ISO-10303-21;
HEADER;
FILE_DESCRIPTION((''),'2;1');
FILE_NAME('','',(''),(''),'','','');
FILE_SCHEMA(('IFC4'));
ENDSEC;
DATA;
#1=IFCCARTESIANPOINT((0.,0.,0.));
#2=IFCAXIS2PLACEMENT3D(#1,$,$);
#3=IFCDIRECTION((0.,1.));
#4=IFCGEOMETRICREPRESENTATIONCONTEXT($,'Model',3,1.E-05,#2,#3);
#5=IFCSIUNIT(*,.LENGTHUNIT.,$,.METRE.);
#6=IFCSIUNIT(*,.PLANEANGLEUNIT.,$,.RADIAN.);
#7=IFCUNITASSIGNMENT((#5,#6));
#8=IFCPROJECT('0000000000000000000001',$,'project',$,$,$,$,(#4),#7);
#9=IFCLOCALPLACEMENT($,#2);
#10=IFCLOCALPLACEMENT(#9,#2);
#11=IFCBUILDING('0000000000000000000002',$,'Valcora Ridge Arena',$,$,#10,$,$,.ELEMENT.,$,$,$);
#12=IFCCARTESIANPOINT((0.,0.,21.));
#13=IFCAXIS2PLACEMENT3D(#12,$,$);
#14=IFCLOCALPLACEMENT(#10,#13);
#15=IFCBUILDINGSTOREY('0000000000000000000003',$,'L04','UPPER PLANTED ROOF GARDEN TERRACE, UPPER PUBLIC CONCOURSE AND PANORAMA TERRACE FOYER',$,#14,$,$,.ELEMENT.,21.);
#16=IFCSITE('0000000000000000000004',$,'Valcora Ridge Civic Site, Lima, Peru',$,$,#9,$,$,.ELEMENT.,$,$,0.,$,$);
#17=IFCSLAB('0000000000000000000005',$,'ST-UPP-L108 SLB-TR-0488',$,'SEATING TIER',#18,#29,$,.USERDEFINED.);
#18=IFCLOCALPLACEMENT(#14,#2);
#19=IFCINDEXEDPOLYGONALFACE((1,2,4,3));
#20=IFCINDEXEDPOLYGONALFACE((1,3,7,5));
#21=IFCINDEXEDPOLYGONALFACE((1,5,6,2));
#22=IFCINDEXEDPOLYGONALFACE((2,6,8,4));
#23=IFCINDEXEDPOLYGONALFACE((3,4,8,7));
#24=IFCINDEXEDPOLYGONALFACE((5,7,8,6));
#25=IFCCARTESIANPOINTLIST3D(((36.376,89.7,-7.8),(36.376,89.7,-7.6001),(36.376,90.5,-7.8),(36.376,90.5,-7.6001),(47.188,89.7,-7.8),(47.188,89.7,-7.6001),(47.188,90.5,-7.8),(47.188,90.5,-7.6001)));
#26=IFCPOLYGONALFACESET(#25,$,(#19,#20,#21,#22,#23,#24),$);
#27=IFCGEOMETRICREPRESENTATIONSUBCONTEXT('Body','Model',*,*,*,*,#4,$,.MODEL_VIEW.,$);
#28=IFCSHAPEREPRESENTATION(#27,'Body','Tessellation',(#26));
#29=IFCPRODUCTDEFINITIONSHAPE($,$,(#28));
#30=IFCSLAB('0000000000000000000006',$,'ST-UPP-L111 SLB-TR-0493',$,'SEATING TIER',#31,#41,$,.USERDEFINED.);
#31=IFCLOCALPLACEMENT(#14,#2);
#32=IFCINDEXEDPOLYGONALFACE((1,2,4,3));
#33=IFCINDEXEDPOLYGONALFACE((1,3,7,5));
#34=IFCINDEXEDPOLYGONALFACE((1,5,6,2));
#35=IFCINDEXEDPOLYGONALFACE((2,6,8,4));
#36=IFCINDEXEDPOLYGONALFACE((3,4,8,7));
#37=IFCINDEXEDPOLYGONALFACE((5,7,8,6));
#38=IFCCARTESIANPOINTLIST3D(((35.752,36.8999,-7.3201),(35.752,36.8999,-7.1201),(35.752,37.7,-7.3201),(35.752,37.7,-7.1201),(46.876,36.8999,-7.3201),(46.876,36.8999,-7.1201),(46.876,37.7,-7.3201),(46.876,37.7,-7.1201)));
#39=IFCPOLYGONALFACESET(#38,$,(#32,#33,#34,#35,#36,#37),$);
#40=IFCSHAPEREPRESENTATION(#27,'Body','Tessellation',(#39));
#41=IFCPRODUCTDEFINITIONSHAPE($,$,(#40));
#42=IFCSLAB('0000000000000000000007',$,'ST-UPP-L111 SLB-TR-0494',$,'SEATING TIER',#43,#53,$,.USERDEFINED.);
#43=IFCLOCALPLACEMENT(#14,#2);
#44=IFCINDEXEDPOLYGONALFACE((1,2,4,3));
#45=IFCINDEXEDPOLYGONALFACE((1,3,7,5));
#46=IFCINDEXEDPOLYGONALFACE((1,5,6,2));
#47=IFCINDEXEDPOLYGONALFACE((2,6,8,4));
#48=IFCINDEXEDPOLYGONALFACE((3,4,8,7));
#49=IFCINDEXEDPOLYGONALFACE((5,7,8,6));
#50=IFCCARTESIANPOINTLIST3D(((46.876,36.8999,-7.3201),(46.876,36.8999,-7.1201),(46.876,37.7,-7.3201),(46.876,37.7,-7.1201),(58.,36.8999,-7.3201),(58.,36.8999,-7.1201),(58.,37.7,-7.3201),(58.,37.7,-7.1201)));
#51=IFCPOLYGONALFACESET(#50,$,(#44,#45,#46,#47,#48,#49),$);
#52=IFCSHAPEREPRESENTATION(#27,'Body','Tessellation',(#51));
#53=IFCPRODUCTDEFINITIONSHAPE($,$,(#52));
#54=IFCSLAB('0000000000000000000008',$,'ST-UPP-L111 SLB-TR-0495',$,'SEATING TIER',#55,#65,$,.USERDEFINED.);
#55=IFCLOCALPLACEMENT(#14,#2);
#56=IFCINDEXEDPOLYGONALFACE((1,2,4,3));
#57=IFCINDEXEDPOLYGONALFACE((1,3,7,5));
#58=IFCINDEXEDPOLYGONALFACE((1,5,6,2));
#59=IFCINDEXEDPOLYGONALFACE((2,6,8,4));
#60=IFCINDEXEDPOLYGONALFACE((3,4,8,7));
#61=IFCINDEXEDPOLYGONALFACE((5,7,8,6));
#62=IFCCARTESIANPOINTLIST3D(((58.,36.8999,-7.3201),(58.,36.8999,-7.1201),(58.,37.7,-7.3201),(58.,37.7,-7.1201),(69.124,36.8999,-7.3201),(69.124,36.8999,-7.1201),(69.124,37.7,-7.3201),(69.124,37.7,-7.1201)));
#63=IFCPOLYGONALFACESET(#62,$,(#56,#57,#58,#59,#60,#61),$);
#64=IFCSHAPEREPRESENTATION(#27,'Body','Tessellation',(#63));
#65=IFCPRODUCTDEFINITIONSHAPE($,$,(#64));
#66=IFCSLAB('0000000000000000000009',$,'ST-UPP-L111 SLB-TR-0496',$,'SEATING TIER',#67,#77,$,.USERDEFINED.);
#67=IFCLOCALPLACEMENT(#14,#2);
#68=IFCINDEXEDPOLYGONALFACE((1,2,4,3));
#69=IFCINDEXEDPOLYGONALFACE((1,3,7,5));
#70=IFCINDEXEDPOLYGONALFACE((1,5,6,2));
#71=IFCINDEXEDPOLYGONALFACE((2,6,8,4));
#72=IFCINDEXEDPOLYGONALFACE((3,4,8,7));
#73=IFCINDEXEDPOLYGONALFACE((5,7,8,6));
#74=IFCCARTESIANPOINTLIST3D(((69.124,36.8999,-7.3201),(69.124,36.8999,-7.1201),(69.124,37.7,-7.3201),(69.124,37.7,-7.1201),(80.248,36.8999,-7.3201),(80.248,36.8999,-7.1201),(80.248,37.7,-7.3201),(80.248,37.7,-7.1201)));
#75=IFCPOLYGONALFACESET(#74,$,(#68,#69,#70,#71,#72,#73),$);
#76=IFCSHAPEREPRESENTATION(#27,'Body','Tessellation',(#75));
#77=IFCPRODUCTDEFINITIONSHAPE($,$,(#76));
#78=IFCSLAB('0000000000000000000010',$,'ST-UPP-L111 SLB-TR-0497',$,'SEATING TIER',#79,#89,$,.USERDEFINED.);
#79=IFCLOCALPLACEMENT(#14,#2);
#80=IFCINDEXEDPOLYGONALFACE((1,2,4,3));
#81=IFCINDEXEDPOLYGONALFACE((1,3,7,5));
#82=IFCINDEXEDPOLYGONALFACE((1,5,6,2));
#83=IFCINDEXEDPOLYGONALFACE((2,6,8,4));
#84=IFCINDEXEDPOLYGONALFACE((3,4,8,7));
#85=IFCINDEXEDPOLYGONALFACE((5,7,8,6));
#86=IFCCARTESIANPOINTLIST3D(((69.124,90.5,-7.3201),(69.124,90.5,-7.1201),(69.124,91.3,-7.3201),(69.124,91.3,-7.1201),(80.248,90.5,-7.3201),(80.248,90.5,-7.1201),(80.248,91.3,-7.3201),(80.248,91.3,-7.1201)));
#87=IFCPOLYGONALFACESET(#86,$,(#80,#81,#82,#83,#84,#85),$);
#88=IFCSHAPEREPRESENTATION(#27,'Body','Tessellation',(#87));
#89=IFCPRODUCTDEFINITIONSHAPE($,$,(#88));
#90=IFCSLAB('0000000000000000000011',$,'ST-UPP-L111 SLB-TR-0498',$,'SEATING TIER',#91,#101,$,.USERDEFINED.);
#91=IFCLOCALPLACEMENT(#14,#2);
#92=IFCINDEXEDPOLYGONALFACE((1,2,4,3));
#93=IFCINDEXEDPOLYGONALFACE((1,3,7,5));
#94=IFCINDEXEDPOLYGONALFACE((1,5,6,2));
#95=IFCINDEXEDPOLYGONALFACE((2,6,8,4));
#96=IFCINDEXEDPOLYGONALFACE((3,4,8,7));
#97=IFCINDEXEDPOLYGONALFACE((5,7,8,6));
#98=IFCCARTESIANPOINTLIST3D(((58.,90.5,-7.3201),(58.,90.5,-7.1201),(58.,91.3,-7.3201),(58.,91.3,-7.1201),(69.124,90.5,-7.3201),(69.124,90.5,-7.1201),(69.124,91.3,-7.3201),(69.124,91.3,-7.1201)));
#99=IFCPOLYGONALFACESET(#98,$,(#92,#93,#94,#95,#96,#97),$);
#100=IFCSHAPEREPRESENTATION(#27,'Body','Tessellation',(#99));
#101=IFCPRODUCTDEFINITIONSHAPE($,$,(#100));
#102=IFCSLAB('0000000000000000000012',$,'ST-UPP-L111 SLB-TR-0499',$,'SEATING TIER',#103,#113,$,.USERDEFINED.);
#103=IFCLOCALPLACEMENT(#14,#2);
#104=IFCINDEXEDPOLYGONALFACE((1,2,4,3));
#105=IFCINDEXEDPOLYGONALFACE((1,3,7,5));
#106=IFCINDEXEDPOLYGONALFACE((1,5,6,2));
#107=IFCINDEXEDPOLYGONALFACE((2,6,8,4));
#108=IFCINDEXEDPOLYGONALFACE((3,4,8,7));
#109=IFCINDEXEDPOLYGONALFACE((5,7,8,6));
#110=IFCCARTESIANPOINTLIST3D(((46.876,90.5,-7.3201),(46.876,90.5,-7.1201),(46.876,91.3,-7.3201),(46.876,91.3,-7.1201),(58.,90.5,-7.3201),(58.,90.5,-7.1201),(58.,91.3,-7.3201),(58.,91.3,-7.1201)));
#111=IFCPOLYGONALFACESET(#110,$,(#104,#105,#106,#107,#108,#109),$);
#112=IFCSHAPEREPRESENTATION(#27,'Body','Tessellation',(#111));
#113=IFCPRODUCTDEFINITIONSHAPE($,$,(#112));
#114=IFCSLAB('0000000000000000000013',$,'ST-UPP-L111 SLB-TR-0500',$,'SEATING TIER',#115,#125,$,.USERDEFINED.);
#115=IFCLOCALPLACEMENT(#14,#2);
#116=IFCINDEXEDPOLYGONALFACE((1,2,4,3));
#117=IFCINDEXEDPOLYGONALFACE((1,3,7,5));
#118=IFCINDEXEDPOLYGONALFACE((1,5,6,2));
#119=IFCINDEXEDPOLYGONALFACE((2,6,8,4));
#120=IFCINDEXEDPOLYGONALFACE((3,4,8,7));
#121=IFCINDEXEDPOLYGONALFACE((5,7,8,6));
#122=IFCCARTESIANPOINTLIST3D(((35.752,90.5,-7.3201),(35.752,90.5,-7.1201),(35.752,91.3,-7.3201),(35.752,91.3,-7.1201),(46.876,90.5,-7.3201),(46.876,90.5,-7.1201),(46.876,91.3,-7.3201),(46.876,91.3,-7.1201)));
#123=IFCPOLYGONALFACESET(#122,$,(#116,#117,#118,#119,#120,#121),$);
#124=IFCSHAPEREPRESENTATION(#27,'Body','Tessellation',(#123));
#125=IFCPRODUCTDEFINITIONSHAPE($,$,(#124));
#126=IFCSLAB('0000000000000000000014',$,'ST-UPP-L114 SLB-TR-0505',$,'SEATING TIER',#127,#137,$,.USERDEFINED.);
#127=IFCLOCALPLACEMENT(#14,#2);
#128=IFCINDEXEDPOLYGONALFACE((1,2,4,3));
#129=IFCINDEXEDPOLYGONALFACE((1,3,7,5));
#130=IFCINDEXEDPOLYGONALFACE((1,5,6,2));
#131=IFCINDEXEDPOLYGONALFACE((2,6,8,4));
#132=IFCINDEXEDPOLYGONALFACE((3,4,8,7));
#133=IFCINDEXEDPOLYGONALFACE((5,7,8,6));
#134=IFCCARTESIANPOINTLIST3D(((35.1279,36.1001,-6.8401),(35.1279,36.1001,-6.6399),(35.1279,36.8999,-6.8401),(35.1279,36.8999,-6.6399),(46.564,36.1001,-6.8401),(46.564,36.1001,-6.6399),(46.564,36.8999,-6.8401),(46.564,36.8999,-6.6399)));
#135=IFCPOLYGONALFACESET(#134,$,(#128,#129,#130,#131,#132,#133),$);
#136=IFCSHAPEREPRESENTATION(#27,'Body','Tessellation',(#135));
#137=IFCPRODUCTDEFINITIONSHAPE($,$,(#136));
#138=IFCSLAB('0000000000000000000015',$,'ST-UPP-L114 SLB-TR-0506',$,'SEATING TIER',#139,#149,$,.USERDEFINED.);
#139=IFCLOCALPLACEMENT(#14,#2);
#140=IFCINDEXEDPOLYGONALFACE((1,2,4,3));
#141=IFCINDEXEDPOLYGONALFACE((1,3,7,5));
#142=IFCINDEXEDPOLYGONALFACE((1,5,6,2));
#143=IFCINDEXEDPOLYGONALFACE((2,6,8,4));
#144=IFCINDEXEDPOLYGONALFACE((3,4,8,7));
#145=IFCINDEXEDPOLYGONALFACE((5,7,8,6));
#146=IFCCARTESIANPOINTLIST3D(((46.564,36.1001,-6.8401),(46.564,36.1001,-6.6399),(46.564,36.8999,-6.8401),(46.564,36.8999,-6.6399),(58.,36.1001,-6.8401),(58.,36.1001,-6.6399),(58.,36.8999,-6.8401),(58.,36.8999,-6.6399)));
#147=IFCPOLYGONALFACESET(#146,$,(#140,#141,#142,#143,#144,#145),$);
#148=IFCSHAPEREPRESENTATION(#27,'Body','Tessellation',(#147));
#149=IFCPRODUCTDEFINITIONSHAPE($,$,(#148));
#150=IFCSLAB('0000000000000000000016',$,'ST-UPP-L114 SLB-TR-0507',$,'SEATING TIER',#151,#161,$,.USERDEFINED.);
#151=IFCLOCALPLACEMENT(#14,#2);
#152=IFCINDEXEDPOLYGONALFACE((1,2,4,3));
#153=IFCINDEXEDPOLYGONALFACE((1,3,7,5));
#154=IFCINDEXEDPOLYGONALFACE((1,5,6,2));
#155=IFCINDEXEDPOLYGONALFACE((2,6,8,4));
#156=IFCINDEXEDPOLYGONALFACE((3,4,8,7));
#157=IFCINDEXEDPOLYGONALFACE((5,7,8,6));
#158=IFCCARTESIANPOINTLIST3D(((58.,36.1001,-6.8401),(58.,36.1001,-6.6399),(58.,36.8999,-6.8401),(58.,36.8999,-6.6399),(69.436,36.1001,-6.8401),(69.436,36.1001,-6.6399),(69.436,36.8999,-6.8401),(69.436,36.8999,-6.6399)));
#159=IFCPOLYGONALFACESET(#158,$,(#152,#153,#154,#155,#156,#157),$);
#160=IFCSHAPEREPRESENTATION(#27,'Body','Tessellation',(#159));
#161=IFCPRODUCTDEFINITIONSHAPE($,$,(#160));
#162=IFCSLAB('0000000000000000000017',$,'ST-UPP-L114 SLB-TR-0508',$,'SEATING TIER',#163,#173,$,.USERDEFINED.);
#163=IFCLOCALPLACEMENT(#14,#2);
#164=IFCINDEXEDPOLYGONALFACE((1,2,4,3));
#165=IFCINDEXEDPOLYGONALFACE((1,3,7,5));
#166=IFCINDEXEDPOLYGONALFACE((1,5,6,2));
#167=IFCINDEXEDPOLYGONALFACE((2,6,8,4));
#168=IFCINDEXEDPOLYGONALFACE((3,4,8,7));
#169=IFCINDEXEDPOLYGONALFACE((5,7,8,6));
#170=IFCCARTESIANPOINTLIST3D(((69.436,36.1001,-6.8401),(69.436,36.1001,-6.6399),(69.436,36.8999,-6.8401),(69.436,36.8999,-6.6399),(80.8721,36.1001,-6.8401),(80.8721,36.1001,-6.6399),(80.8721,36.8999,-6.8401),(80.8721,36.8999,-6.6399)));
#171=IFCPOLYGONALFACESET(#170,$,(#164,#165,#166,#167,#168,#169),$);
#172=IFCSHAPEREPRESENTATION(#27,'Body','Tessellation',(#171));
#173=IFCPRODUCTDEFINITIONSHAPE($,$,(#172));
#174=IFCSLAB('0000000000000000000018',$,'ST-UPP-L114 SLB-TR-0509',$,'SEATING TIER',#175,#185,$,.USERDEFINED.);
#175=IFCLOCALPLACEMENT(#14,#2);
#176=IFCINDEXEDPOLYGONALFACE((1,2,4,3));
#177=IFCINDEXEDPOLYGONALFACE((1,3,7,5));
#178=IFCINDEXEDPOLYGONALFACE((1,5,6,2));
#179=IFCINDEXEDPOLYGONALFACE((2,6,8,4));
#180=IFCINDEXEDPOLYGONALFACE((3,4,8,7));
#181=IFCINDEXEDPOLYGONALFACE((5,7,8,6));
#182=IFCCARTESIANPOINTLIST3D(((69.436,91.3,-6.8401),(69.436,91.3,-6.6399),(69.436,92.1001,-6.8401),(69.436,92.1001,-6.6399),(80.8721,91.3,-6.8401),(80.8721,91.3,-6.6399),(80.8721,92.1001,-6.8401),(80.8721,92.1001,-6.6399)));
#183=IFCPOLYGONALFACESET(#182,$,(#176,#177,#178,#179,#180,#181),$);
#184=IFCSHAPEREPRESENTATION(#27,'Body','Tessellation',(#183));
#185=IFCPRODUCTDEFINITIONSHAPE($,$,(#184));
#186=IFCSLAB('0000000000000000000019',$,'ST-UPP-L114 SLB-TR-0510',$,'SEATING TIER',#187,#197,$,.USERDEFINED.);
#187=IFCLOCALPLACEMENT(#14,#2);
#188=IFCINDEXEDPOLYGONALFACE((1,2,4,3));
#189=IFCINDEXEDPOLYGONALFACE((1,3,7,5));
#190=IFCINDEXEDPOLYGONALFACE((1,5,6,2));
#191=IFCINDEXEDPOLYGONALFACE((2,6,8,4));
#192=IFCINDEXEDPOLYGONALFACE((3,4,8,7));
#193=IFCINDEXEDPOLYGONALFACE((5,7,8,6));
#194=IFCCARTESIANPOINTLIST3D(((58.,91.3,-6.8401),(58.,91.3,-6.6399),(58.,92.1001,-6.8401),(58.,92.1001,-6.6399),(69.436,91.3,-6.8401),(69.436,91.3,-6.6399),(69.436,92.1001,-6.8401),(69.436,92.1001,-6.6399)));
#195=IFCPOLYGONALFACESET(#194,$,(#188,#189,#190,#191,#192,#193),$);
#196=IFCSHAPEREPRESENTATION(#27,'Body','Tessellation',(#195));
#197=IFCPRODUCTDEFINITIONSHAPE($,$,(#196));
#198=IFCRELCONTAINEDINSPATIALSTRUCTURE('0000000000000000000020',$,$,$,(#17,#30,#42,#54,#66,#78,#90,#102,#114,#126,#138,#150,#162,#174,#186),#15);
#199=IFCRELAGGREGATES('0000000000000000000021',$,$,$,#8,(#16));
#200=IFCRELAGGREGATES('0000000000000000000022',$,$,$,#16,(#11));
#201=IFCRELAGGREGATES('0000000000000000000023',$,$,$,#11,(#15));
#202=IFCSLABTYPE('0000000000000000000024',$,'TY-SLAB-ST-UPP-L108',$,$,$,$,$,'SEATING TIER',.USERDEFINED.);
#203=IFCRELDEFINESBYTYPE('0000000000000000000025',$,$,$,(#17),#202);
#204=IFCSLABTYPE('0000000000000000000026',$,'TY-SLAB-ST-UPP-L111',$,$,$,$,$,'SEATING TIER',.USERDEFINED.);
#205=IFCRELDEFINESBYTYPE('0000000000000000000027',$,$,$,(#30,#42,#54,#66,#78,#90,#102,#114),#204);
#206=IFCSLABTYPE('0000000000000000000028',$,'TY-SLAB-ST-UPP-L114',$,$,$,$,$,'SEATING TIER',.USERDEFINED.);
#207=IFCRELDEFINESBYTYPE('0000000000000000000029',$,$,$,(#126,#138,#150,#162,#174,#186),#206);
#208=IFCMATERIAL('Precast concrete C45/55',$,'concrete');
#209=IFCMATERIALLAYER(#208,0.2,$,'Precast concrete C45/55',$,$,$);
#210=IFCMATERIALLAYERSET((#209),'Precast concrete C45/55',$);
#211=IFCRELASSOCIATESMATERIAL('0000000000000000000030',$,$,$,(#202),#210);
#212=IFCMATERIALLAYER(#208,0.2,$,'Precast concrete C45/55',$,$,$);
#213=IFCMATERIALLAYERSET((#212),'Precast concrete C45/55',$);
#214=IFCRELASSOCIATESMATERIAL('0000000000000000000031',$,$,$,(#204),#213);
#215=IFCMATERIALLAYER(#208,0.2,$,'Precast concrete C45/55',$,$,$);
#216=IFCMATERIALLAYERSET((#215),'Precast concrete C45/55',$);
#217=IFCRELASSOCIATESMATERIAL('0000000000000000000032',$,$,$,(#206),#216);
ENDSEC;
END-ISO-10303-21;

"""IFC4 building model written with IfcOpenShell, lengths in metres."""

from ifc_helpers import new_model, si_unit, direction, frame, origin, place, context, subcontext, project, spatial, polyline, outline, extrude, material, layer, layer_set, type_object, element, save


model = new_model("IFC4")

# Units and contexts
model_context = context("Model", 3, precision=1e-05, world=origin(), true_north=direction((0.0, 1.0)))
body_context = subcontext(model_context, "Body", "Model", "MODEL_VIEW")
ifc_project = project(units=[si_unit("LENGTHUNIT", "METRE"), si_unit("PLANEANGLEUNIT", "RADIAN")], contexts=[model_context])

# Site, building, storey
site_placement = place(None, origin())
site = spatial("IfcSite", under=ifc_project, at=site_placement, Name="Valcora Ridge Civic Site, Lima, Peru", CompositionType="ELEMENT", RefElevation=0.0)
building_placement = place(site_placement, origin())
building = spatial("IfcBuilding", under=site, at=building_placement, Name="Valcora Ridge Arena", CompositionType="ELEMENT")
storey_placement = place(building_placement, frame((0.0, 0.0, 21.0)))
storey = spatial("IfcBuildingStorey", under=building, at=storey_placement, Name="L04", Description="UPPER PLANTED ROOF GARDEN TERRACE, UPPER PUBLIC CONCOURSE AND PANORAMA TERRACE FOYER", CompositionType="ELEMENT", Elevation=21.0)

# Slabs
ifc_material = material(Name="Precast concrete C45/55", Category="concrete")
ifc_layer_1 = layer(ifc_material, 0.2, Name="Precast concrete C45/55")
ifc_layer_set_1 = layer_set([ifc_layer_1], Name="Precast concrete C45/55")
slab_type_1 = type_object("IfcSlabType", Name="TY-SLAB-ST-UPP-L108", ElementType="SEATING TIER", PredefinedType="USERDEFINED", material=ifc_layer_set_1)
slab_1_placement = place(storey_placement, frame((0.0, 0.0, -7.8)))
element("IfcSlab", 1, at=slab_1_placement, inside=storey, type_object=slab_type_1, Name="ST-UPP-L108 SLB-TR-0488", ObjectType="SEATING TIER", PredefinedType="USERDEFINED", context=body_context, shape_type="SweptSolid", body=[
    extrude(outline(polyline([(47.188, 89.7), (36.376, 89.7), (36.376, 90.5), (47.188, 90.5), (47.188, 89.7)])), origin(), (0.0, 0.0, 1.0), 0.2),
])
ifc_layer_2 = layer(ifc_material, 0.2, Name="Precast concrete C45/55")
ifc_layer_set_2 = layer_set([ifc_layer_2], Name="Precast concrete C45/55")
slab_type_2 = type_object("IfcSlabType", Name="TY-SLAB-ST-UPP-L111", ElementType="SEATING TIER", PredefinedType="USERDEFINED", material=ifc_layer_set_2)
slab_2_placement = place(storey_placement, frame((0.0, 0.0, -7.3201)))
element("IfcSlab", 2, at=slab_2_placement, inside=storey, type_object=slab_type_2, Name="ST-UPP-L111 SLB-TR-0493", ObjectType="SEATING TIER", PredefinedType="USERDEFINED", context=body_context, shape_type="SweptSolid", body=[
    extrude(outline(polyline([(35.752, 37.7), (46.876, 37.7), (46.876, 36.8999), (35.752, 36.8999), (35.752, 37.7)])), origin(), (0.0, 0.0, 1.0), 0.2),
])
slab_3_placement = place(storey_placement, frame((0.0, 0.0, -7.3201)))
element("IfcSlab", 3, at=slab_3_placement, inside=storey, type_object=slab_type_2, Name="ST-UPP-L111 SLB-TR-0494", ObjectType="SEATING TIER", PredefinedType="USERDEFINED", context=body_context, shape_type="SweptSolid", body=[
    extrude(outline(polyline([(46.876, 37.7), (58.0, 37.7), (58.0, 36.8999), (46.876, 36.8999), (46.876, 37.7)])), origin(), (0.0, 0.0, 1.0), 0.2),
])
slab_4_placement = place(storey_placement, frame((0.0, 0.0, -7.3201)))
element("IfcSlab", 4, at=slab_4_placement, inside=storey, type_object=slab_type_2, Name="ST-UPP-L111 SLB-TR-0495", ObjectType="SEATING TIER", PredefinedType="USERDEFINED", context=body_context, shape_type="SweptSolid", body=[
    extrude(outline(polyline([(58.0, 37.7), (69.124, 37.7), (69.124, 36.8999), (58.0, 36.8999), (58.0, 37.7)])), origin(), (0.0, 0.0, 1.0), 0.2),
])
slab_5_placement = place(storey_placement, frame((0.0, 0.0, -7.3201)))
element("IfcSlab", 5, at=slab_5_placement, inside=storey, type_object=slab_type_2, Name="ST-UPP-L111 SLB-TR-0496", ObjectType="SEATING TIER", PredefinedType="USERDEFINED", context=body_context, shape_type="SweptSolid", body=[
    extrude(outline(polyline([(69.124, 37.7), (80.248, 37.7), (80.248, 36.8999), (69.124, 36.8999), (69.124, 37.7)])), origin(), (0.0, 0.0, 1.0), 0.2),
])
slab_6_placement = place(storey_placement, frame((0.0, 0.0, -7.3201)))
element("IfcSlab", 6, at=slab_6_placement, inside=storey, type_object=slab_type_2, Name="ST-UPP-L111 SLB-TR-0497", ObjectType="SEATING TIER", PredefinedType="USERDEFINED", context=body_context, shape_type="SweptSolid", body=[
    extrude(outline(polyline([(80.248, 90.5), (69.124, 90.5), (69.124, 91.3), (80.248, 91.3), (80.248, 90.5)])), origin(), (0.0, 0.0, 1.0), 0.2),
])
slab_7_placement = place(storey_placement, frame((0.0, 0.0, -7.3201)))
element("IfcSlab", 7, at=slab_7_placement, inside=storey, type_object=slab_type_2, Name="ST-UPP-L111 SLB-TR-0498", ObjectType="SEATING TIER", PredefinedType="USERDEFINED", context=body_context, shape_type="SweptSolid", body=[
    extrude(outline(polyline([(69.124, 90.5), (58.0, 90.5), (58.0, 91.3), (69.124, 91.3), (69.124, 90.5)])), origin(), (0.0, 0.0, 1.0), 0.2),
])
slab_8_placement = place(storey_placement, frame((0.0, 0.0, -7.3201)))
element("IfcSlab", 8, at=slab_8_placement, inside=storey, type_object=slab_type_2, Name="ST-UPP-L111 SLB-TR-0499", ObjectType="SEATING TIER", PredefinedType="USERDEFINED", context=body_context, shape_type="SweptSolid", body=[
    extrude(outline(polyline([(58.0, 90.5), (46.876, 90.5), (46.876, 91.3), (58.0, 91.3), (58.0, 90.5)])), origin(), (0.0, 0.0, 1.0), 0.2),
])
slab_9_placement = place(storey_placement, frame((0.0, 0.0, -7.3201)))
element("IfcSlab", 9, at=slab_9_placement, inside=storey, type_object=slab_type_2, Name="ST-UPP-L111 SLB-TR-0500", ObjectType="SEATING TIER", PredefinedType="USERDEFINED", context=body_context, shape_type="SweptSolid", body=[
    extrude(outline(polyline([(46.876, 90.5), (35.752, 90.5), (35.752, 91.3), (46.876, 91.3), (46.876, 90.5)])), origin(), (0.0, 0.0, 1.0), 0.2),
])
ifc_layer_3 = layer(ifc_material, 0.2, Name="Precast concrete C45/55")
ifc_layer_set_3 = layer_set([ifc_layer_3], Name="Precast concrete C45/55")
slab_type_3 = type_object("IfcSlabType", Name="TY-SLAB-ST-UPP-L114", ElementType="SEATING TIER", PredefinedType="USERDEFINED", material=ifc_layer_set_3)
slab_10_placement = place(storey_placement, frame((0.0, 0.0, -6.8401)))
element("IfcSlab", 10, at=slab_10_placement, inside=storey, type_object=slab_type_3, Name="ST-UPP-L114 SLB-TR-0505", ObjectType="SEATING TIER", PredefinedType="USERDEFINED", context=body_context, shape_type="SweptSolid", body=[
    extrude(outline(polyline([(35.1279, 36.8999), (46.564, 36.8999), (46.564, 36.1001), (35.1279, 36.1001), (35.1279, 36.8999)])), origin(), (0.0, 0.0, 1.0), 0.2002),
])
slab_11_placement = place(storey_placement, frame((0.0, 0.0, -6.8401)))
element("IfcSlab", 11, at=slab_11_placement, inside=storey, type_object=slab_type_3, Name="ST-UPP-L114 SLB-TR-0506", ObjectType="SEATING TIER", PredefinedType="USERDEFINED", context=body_context, shape_type="SweptSolid", body=[
    extrude(outline(polyline([(46.564, 36.8999), (58.0, 36.8999), (58.0, 36.1001), (46.564, 36.1001), (46.564, 36.8999)])), origin(), (0.0, 0.0, 1.0), 0.2002),
])
slab_12_placement = place(storey_placement, frame((0.0, 0.0, -6.8401)))
element("IfcSlab", 12, at=slab_12_placement, inside=storey, type_object=slab_type_3, Name="ST-UPP-L114 SLB-TR-0507", ObjectType="SEATING TIER", PredefinedType="USERDEFINED", context=body_context, shape_type="SweptSolid", body=[
    extrude(outline(polyline([(58.0, 36.8999), (69.436, 36.8999), (69.436, 36.1001), (58.0, 36.1001), (58.0, 36.8999)])), origin(), (0.0, 0.0, 1.0), 0.2002),
])
slab_13_placement = place(storey_placement, frame((0.0, 0.0, -6.8401)))
element("IfcSlab", 13, at=slab_13_placement, inside=storey, type_object=slab_type_3, Name="ST-UPP-L114 SLB-TR-0508", ObjectType="SEATING TIER", PredefinedType="USERDEFINED", context=body_context, shape_type="SweptSolid", body=[
    extrude(outline(polyline([(69.436, 36.8999), (80.8721, 36.8999), (80.8721, 36.1001), (69.436, 36.1001), (69.436, 36.8999)])), origin(), (0.0, 0.0, 1.0), 0.2002),
])
slab_14_placement = place(storey_placement, frame((0.0, 0.0, -6.8401)))
element("IfcSlab", 14, at=slab_14_placement, inside=storey, type_object=slab_type_3, Name="ST-UPP-L114 SLB-TR-0509", ObjectType="SEATING TIER", PredefinedType="USERDEFINED", context=body_context, shape_type="SweptSolid", body=[
    extrude(outline(polyline([(80.8721, 91.3), (69.436, 91.3), (69.436, 92.1001), (80.8721, 92.1001), (80.8721, 91.3)])), origin(), (0.0, 0.0, 1.0), 0.2002),
])
slab_15_placement = place(storey_placement, frame((0.0, 0.0, -6.8401)))
element("IfcSlab", 15, at=slab_15_placement, inside=storey, type_object=slab_type_3, Name="ST-UPP-L114 SLB-TR-0510", ObjectType="SEATING TIER", PredefinedType="USERDEFINED", context=body_context, shape_type="SweptSolid", body=[
    extrude(outline(polyline([(69.436, 91.3), (58.0, 91.3), (58.0, 92.1001), (69.436, 92.1001), (69.436, 91.3)])), origin(), (0.0, 0.0, 1.0), 0.2002),
])

save(model, "model.ifc")
